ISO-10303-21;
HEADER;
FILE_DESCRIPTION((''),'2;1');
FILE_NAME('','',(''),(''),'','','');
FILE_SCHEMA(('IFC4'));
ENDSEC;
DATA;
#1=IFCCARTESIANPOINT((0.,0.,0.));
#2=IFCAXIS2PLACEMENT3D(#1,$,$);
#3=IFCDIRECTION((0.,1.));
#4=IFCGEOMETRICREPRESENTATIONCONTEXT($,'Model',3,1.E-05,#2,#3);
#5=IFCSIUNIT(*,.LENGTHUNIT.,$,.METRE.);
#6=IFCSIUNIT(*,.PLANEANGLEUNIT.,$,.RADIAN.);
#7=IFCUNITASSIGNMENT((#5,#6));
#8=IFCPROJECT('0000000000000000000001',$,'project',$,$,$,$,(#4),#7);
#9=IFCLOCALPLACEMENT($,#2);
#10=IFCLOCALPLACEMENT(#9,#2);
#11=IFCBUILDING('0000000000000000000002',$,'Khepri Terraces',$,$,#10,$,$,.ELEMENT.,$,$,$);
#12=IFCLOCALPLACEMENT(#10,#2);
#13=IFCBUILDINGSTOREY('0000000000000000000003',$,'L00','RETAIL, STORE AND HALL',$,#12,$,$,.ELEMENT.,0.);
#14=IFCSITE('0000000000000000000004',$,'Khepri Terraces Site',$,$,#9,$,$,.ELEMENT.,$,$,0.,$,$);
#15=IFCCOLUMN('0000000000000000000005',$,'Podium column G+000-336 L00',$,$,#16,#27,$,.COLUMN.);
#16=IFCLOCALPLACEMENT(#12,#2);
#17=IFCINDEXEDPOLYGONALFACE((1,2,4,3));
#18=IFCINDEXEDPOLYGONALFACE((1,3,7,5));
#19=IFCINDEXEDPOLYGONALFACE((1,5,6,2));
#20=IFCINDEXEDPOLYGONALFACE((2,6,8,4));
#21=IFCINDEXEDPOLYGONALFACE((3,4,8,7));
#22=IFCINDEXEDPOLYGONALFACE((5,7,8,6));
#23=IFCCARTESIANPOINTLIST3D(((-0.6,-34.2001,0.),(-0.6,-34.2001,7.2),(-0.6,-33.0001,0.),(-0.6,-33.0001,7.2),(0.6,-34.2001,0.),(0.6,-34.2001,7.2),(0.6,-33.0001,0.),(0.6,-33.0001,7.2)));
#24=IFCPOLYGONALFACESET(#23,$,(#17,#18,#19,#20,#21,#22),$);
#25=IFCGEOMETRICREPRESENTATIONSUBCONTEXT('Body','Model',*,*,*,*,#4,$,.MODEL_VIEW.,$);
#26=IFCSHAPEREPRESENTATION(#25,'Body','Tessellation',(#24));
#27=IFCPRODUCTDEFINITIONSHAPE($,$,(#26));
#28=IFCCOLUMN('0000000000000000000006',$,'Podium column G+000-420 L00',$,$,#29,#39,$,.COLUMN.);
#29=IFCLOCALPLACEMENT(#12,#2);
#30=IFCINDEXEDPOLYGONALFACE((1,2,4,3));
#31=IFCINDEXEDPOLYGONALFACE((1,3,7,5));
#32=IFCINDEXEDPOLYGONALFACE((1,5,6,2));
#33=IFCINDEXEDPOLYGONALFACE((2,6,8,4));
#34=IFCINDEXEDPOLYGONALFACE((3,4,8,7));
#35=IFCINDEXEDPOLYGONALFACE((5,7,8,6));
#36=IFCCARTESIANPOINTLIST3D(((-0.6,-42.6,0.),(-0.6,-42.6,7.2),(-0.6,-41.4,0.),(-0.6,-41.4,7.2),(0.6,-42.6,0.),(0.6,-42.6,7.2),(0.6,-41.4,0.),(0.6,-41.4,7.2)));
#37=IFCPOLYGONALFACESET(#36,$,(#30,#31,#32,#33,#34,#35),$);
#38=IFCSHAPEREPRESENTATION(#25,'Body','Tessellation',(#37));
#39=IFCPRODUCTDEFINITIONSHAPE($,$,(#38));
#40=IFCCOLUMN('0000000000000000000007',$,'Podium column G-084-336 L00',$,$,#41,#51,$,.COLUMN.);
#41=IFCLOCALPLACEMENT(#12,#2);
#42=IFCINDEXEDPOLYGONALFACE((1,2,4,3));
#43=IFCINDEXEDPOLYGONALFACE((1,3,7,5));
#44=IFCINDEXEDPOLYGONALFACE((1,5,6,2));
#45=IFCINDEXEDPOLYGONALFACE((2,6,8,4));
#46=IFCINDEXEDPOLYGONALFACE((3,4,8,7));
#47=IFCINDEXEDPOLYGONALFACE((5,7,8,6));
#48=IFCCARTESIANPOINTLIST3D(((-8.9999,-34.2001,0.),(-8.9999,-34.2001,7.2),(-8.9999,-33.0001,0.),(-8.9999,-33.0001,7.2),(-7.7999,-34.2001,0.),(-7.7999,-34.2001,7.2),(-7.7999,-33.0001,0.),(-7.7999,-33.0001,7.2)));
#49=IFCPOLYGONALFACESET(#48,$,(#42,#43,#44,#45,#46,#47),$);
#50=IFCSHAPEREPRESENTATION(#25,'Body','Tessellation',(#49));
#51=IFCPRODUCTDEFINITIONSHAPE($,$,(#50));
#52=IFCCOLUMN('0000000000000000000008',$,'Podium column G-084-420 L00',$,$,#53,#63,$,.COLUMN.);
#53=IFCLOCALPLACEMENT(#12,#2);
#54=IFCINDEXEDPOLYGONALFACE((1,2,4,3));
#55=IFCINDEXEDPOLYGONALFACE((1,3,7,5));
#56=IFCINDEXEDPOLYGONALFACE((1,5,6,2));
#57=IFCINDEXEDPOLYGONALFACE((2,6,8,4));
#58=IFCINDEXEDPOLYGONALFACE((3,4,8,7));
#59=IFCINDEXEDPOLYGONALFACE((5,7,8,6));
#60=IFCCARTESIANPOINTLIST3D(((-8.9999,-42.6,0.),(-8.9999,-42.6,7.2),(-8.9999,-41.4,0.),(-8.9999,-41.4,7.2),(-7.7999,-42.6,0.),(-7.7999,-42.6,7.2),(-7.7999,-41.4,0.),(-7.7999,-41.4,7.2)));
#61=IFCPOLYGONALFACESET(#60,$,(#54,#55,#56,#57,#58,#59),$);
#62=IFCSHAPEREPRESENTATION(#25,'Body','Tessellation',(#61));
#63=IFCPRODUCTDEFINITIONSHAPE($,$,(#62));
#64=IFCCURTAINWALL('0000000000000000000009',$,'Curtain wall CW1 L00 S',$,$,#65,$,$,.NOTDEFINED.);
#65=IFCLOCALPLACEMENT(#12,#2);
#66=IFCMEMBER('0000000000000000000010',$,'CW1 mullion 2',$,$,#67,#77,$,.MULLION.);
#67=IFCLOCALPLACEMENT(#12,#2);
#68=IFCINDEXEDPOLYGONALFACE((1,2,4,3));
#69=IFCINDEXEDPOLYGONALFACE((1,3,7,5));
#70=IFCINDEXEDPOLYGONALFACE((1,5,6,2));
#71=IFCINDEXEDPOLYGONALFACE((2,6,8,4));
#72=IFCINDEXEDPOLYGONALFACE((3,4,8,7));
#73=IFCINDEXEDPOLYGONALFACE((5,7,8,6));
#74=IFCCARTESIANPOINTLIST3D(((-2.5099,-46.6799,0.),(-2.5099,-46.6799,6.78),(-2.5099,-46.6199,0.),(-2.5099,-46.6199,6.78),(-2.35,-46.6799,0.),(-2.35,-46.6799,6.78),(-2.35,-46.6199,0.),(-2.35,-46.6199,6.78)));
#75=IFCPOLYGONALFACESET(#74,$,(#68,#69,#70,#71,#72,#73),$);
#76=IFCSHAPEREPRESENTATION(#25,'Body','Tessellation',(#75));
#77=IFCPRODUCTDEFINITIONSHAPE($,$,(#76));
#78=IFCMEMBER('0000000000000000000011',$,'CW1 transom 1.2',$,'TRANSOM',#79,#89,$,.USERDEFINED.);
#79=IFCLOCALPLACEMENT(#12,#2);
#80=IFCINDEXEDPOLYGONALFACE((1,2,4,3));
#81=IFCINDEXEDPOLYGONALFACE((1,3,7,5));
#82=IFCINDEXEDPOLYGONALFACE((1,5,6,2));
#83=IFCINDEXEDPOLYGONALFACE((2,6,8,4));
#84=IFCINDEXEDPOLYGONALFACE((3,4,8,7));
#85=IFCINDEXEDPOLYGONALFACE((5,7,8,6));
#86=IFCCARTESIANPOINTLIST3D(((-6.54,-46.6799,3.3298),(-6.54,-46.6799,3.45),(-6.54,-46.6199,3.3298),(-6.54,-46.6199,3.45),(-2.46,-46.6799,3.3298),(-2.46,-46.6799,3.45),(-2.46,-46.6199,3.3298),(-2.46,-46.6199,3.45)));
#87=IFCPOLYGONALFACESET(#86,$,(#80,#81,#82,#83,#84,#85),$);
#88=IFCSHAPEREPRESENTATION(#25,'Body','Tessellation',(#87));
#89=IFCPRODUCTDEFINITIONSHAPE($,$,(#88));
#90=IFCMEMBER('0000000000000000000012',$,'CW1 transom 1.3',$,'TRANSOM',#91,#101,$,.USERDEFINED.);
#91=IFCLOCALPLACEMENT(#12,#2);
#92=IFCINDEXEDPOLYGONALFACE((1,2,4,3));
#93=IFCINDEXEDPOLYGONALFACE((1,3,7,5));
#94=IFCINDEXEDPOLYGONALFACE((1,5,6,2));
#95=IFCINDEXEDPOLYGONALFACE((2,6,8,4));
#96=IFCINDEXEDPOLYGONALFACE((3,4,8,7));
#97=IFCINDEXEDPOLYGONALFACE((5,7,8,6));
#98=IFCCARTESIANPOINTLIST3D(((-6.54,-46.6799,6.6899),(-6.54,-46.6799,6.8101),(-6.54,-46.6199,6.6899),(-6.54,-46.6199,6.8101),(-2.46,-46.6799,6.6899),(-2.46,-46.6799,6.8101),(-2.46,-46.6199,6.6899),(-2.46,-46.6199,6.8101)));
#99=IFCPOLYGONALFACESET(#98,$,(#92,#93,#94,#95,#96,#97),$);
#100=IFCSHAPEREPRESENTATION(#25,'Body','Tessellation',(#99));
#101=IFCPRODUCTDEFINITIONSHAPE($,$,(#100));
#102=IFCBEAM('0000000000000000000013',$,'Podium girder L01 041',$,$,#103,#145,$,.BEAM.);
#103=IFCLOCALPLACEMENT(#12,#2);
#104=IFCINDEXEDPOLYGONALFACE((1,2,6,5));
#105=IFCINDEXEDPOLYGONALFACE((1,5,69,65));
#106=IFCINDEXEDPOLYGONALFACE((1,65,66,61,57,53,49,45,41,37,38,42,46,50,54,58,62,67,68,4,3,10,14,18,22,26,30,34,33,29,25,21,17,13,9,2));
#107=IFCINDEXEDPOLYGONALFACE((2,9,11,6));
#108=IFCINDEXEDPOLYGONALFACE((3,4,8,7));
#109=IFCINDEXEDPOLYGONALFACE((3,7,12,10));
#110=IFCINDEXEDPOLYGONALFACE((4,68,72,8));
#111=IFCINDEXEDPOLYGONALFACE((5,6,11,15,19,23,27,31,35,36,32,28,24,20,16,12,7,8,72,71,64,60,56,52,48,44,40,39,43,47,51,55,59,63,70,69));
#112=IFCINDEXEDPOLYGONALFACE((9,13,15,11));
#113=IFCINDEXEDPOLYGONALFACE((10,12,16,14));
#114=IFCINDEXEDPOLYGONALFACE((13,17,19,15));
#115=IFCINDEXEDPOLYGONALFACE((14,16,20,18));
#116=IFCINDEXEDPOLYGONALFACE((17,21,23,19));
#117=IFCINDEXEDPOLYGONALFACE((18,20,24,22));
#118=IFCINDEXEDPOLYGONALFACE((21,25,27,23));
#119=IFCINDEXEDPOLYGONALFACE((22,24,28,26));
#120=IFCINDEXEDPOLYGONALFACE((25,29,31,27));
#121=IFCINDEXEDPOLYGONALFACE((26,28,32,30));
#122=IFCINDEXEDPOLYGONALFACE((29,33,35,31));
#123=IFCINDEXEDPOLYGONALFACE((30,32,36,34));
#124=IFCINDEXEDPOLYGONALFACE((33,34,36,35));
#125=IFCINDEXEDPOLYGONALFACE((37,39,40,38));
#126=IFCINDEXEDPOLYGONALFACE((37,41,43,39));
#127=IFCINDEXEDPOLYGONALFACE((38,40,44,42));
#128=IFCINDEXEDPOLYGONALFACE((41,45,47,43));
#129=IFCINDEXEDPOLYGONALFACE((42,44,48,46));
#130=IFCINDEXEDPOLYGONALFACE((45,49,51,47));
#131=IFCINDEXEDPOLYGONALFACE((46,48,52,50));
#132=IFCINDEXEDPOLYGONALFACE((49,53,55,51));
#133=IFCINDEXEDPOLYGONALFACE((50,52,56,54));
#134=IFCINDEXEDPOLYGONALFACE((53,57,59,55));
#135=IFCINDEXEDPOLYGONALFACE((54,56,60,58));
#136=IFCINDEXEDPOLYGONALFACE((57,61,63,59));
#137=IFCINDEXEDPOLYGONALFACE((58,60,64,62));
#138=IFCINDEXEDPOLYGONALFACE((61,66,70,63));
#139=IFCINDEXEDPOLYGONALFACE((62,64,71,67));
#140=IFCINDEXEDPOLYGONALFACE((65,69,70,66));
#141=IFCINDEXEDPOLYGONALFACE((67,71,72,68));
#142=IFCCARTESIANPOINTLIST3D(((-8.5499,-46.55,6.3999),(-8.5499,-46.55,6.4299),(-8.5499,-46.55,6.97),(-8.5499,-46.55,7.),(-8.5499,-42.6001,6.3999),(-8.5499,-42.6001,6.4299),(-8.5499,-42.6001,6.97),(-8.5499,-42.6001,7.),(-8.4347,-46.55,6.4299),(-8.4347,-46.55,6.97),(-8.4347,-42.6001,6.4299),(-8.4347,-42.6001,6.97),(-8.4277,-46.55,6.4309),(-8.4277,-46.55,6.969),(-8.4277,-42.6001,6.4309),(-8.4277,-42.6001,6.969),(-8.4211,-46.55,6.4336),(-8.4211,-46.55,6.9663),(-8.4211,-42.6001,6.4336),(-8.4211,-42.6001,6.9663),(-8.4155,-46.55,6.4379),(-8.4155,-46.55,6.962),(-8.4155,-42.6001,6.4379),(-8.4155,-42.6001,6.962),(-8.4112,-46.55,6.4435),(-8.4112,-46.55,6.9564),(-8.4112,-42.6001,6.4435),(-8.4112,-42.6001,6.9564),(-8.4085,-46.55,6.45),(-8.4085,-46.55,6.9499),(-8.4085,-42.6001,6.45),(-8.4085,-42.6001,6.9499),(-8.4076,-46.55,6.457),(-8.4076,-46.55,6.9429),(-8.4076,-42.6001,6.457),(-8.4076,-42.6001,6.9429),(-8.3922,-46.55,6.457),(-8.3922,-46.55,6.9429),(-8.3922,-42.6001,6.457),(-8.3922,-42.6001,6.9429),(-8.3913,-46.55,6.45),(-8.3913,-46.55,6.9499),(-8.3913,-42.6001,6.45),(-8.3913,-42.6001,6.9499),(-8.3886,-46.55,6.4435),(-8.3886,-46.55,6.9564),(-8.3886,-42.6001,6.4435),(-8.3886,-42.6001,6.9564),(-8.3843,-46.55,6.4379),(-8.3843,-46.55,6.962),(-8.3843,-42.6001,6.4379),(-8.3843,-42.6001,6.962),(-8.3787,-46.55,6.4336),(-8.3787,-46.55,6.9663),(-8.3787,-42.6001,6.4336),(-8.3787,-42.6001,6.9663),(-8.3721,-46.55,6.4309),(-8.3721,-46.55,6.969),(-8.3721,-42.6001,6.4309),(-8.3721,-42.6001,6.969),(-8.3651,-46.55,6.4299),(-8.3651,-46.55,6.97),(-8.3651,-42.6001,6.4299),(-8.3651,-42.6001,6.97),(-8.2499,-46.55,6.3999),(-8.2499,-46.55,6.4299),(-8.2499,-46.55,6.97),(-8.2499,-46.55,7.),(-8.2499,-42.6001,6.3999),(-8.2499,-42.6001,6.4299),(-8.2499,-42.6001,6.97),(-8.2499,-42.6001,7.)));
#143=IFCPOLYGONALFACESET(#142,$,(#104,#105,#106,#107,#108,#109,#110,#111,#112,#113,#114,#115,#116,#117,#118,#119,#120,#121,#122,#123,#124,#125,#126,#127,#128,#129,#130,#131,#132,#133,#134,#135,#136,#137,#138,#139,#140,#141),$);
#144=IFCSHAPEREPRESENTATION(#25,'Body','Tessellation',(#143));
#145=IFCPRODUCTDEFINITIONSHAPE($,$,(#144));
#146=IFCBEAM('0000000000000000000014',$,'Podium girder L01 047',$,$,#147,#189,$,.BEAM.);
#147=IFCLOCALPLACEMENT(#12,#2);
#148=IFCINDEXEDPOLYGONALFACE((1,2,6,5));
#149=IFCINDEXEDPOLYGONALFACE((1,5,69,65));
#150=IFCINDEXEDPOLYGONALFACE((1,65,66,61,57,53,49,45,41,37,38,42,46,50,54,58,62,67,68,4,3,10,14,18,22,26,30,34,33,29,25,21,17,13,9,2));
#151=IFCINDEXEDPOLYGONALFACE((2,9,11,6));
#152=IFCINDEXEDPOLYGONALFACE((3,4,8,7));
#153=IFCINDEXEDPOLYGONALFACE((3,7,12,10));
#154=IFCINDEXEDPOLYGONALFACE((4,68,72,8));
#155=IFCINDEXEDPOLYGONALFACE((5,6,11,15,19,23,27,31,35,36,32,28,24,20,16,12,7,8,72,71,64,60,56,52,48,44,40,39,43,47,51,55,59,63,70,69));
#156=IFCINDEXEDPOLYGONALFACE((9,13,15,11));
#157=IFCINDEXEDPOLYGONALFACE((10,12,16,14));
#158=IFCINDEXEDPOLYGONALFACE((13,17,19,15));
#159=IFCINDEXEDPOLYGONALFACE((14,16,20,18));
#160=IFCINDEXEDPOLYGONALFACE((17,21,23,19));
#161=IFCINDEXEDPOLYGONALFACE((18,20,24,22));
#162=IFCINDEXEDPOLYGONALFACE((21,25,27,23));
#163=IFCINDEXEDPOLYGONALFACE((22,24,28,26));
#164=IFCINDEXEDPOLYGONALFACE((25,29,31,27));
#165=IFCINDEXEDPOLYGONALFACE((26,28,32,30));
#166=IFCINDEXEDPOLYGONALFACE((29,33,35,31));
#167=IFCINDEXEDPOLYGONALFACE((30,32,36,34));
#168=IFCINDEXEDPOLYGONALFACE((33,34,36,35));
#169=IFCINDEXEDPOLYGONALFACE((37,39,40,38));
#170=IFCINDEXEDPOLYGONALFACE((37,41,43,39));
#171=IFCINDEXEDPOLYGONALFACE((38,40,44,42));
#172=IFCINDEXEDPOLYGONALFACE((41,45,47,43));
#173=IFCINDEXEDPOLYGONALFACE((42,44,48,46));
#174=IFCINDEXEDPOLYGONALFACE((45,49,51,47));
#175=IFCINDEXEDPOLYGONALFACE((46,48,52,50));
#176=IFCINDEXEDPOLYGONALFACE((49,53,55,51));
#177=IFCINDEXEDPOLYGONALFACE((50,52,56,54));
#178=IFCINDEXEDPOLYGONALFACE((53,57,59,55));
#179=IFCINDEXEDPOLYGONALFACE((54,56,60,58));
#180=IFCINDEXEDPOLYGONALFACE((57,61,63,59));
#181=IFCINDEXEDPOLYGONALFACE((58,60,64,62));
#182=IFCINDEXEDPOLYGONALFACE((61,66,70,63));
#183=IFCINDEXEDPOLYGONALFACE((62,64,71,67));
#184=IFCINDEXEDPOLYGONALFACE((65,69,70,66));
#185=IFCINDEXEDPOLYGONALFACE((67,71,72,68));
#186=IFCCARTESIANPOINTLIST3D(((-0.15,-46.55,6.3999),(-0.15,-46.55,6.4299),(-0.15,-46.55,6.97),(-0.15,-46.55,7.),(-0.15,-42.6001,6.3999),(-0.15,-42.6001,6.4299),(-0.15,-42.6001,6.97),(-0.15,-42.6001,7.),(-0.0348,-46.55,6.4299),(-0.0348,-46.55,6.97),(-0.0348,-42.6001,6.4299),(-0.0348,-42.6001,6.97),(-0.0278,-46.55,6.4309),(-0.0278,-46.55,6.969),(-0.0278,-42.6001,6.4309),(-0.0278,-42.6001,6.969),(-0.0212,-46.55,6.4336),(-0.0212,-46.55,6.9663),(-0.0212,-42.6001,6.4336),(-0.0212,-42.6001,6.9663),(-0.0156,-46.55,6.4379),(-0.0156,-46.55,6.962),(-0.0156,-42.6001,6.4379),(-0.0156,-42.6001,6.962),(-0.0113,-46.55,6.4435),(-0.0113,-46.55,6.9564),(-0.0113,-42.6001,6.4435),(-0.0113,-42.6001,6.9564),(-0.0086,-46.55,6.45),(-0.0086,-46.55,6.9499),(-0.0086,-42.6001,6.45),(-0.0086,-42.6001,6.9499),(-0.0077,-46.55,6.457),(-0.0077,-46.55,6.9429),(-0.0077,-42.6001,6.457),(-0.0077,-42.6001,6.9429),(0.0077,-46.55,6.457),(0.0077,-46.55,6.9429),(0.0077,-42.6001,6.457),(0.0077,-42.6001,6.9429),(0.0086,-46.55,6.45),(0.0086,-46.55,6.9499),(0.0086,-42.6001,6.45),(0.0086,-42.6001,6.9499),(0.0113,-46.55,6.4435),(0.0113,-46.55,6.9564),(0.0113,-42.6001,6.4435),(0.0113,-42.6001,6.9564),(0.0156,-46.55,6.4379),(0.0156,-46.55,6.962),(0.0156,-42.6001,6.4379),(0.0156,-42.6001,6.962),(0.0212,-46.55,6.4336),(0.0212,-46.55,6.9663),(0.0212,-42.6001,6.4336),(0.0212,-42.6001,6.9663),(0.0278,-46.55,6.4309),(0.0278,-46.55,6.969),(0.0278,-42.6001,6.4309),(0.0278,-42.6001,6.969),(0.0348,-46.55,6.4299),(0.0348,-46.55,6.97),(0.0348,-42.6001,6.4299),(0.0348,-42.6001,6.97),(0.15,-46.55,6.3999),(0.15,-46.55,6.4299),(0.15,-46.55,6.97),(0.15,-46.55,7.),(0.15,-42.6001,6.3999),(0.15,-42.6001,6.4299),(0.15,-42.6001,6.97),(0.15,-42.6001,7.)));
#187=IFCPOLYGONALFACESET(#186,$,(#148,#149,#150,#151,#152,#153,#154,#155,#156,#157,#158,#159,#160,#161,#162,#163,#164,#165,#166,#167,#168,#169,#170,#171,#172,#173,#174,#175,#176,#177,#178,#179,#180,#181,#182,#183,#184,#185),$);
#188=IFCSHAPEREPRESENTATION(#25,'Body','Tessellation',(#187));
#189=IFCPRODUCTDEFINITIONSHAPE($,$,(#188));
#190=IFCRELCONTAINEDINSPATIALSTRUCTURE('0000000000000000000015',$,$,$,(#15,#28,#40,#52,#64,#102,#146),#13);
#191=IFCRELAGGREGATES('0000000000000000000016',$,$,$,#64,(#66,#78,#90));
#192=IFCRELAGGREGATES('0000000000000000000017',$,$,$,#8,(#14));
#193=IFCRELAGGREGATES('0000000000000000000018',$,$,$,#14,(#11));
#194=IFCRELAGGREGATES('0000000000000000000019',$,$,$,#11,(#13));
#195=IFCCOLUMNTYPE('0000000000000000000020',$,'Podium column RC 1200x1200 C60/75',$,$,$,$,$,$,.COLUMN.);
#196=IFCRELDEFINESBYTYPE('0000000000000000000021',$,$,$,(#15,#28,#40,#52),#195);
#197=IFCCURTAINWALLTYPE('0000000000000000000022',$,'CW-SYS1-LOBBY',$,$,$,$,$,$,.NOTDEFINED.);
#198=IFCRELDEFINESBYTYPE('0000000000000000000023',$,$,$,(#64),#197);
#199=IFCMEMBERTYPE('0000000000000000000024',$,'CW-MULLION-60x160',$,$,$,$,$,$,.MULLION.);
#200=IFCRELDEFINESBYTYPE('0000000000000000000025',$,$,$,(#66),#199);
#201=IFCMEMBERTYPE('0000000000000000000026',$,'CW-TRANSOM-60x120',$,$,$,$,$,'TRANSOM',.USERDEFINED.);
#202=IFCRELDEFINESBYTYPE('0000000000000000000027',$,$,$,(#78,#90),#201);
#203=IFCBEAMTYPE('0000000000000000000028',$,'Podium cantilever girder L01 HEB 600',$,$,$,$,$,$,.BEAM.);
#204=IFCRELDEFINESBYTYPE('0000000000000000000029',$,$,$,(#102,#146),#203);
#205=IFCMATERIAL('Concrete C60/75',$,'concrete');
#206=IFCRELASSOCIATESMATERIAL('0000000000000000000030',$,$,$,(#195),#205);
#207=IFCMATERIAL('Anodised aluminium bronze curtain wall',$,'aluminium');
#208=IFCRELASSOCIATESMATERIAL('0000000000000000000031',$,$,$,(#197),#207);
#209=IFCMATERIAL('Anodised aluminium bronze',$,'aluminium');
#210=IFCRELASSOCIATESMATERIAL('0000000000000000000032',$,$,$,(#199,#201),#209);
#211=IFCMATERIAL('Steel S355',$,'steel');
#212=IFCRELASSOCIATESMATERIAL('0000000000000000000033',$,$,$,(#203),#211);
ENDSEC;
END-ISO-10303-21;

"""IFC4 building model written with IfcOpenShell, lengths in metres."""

from ifc_helpers import new_model, si_unit, direction, frame, origin, origin_2d, place, context, subcontext, project, spatial, rectangle, i_section, extrude, material, material_profile, profile_set, type_object, element, aggregate, save


model = new_model("IFC4")

# Units and contexts
model_context = context("Model", 3, precision=1e-05, world=origin(), true_north=direction((0.0, 1.0)))
body_context = subcontext(model_context, "Body", "Model", "MODEL_VIEW")
ifc_project = project(units=[si_unit("LENGTHUNIT", "METRE"), si_unit("PLANEANGLEUNIT", "RADIAN")], contexts=[model_context])

# Site, building, storey
site_placement = place(None, origin())
site = spatial("IfcSite", under=ifc_project, at=site_placement, Name="Khepri Terraces Site", CompositionType="ELEMENT", RefElevation=0.0)
building_placement = place(site_placement, origin())
building = spatial("IfcBuilding", under=site, at=building_placement, Name="Khepri Terraces", CompositionType="ELEMENT")
storey_placement = place(building_placement, origin())
storey = spatial("IfcBuildingStorey", under=building, at=storey_placement, Name="L00", Description="RETAIL, STORE AND HALL", CompositionType="ELEMENT", Elevation=0.0)

# Columns
ifc_material_1 = material(Name="Concrete C60/75", Category="concrete")
ifc_material_profile_1 = material_profile(ifc_material_1, rectangle(XDim=1.2, YDim=1.2, at=origin_2d()), Name="Concrete C60/75", Category="concrete")
ifc_profile_set_1 = profile_set([ifc_material_profile_1], Name="Concrete C60/75")
column_type = type_object("IfcColumnType", Name="Podium column RC 1200x1200 C60/75", PredefinedType="COLUMN", material=ifc_profile_set_1)
for number, where, z_axis, x_axis, name in (
    (1, (0.0, -33.6001, 0.0), (0.0, 0.0, 1.0), (1.0, 0.0, 0.0), "Podium column G+000-336 L00"),
    (2, (0.0, -42.0, 0.0), (0.0, 0.0, 1.0), (1.0, 0.0, 0.0), "Podium column G+000-420 L00"),
    (3, (-8.3999, -33.6001, 0.0), (0.0, 0.0, 1.0), (1.0, 0.0, 0.0), "Podium column G-084-336 L00"),
    (4, (-8.3999, -42.0, 0.0), (0.0, 0.0, 1.0), (1.0, 0.0, 0.0), "Podium column G-084-420 L00"),
):
    element("IfcColumn", number, at=place(storey_placement, frame(where, z_axis=z_axis, x_axis=x_axis)), inside=storey, type_object=column_type, Name=name, PredefinedType="COLUMN", context=body_context, shape_type="SweptSolid", body=[
        extrude(rectangle(XDim=1.2, YDim=1.2, at=origin_2d()), origin(), (0.0, 0.0, 1.0), 7.2),
    ])

# Curtain wall, members
ifc_material_2 = material(Name="Anodised aluminium bronze curtain wall", Category="aluminium")
curtain_wall_type = type_object("IfcCurtainWallType", Name="CW-SYS1-LOBBY", PredefinedType="NOTDEFINED", material=ifc_material_2)
curtain_wall_placement = place(storey_placement, origin())
curtain_wall = element("IfcCurtainWall", 5, at=curtain_wall_placement, inside=storey, type_object=curtain_wall_type, Name="Curtain wall CW1 L00 S", PredefinedType="NOTDEFINED")
ifc_material_3 = material(Name="Anodised aluminium bronze", Category="aluminium")
ifc_material_profile_2 = material_profile(ifc_material_3, rectangle(XDim=0.0601, YDim=0.1599, at=origin_2d()), Name="Anodised aluminium bronze", Category="aluminium")
ifc_profile_set_2 = profile_set([ifc_material_profile_2], Name="Anodised aluminium bronze")
member_type_1 = type_object("IfcMemberType", Name="CW-MULLION-60x160", PredefinedType="MULLION", material=ifc_profile_set_2)
member_1_placement = place(storey_placement, frame((-2.4299, -46.6499, 0.0), z_axis=(0.0, 0.0, 1.0), x_axis=(0.0, 1.0, 0.0)))
member_1 = element("IfcMember", 6, at=member_1_placement, type_object=member_type_1, Name="CW1 mullion 2", PredefinedType="MULLION", context=body_context, shape_type="SweptSolid", body=[
    extrude(rectangle(XDim=0.0601, YDim=0.1599, at=origin_2d()), origin(), (0.0, 0.0, 1.0), 6.78),
])
ifc_material_profile_3 = material_profile(ifc_material_3, rectangle(XDim=0.0601, YDim=0.1201, at=origin_2d()), Name="Anodised aluminium bronze", Category="aluminium")
ifc_profile_set_3 = profile_set([ifc_material_profile_3], Name="Anodised aluminium bronze")
member_type_2 = type_object("IfcMemberType", Name="CW-TRANSOM-60x120", ElementType="TRANSOM", PredefinedType="USERDEFINED", material=ifc_profile_set_3)
member_2_placement = place(storey_placement, frame((-6.54, -46.6499, 3.3899), z_axis=(1.0, 0.0, 0.0), x_axis=(0.0, 1.0, 0.0)))
member_2 = element("IfcMember", 7, at=member_2_placement, type_object=member_type_2, Name="CW1 transom 1.2", ObjectType="TRANSOM", PredefinedType="USERDEFINED", context=body_context, shape_type="SweptSolid", body=[
    extrude(rectangle(XDim=0.0601, YDim=0.1201, at=origin_2d()), origin(), (0.0, 0.0, 1.0), 4.0801),
])
member_3_placement = place(storey_placement, frame((-6.54, -46.6499, 6.75), z_axis=(1.0, 0.0, 0.0), x_axis=(0.0, 1.0, 0.0)))
member_3 = element("IfcMember", 8, at=member_3_placement, type_object=member_type_2, Name="CW1 transom 1.3", ObjectType="TRANSOM", PredefinedType="USERDEFINED", context=body_context, shape_type="SweptSolid", body=[
    extrude(rectangle(XDim=0.0601, YDim=0.1201, at=origin_2d()), origin(), (0.0, 0.0, 1.0), 4.0801),
])

# Beams
ifc_material_4 = material(Name="Steel S355", Category="steel")
ifc_material_profile_4 = material_profile(ifc_material_4, i_section(OverallWidth=0.3, OverallDepth=0.6001, WebThickness=0.0154, FlangeThickness=0.03, FilletRadius=0.0271, at=origin_2d()), Name="Steel S355", Category="steel")
ifc_profile_set_4 = profile_set([ifc_material_profile_4], Name="Steel S355")
beam_type_1 = type_object("IfcBeamType", Name="Podium cantilever girder L01 HEB 600", PredefinedType="BEAM", material=ifc_profile_set_4)
for number, where, z_axis, x_axis, name in (
    (9, (-8.3999, -46.55, 6.7), (0.0, 1.0, 0.0), (-1.0, 0.0, 0.0), "Podium girder L01 041"),
    (10, (0.0, -46.55, 6.7), (0.0, 1.0, 0.0), (-1.0, 0.0, 0.0), "Podium girder L01 047"),
):
    element("IfcBeam", number, at=place(storey_placement, frame(where, z_axis=z_axis, x_axis=x_axis)), inside=storey, type_object=beam_type_1, Name=name, PredefinedType="BEAM", context=body_context, shape_type="SweptSolid", body=[
        extrude(i_section(OverallWidth=0.3, OverallDepth=0.6001, WebThickness=0.0154, FlangeThickness=0.03, FilletRadius=0.0271, at=origin_2d()), origin(), (0.0, 0.0, 1.0), 3.95),
    ])

aggregate(curtain_wall, [member_1, member_2, member_3])

save(model, "model.ifc")
